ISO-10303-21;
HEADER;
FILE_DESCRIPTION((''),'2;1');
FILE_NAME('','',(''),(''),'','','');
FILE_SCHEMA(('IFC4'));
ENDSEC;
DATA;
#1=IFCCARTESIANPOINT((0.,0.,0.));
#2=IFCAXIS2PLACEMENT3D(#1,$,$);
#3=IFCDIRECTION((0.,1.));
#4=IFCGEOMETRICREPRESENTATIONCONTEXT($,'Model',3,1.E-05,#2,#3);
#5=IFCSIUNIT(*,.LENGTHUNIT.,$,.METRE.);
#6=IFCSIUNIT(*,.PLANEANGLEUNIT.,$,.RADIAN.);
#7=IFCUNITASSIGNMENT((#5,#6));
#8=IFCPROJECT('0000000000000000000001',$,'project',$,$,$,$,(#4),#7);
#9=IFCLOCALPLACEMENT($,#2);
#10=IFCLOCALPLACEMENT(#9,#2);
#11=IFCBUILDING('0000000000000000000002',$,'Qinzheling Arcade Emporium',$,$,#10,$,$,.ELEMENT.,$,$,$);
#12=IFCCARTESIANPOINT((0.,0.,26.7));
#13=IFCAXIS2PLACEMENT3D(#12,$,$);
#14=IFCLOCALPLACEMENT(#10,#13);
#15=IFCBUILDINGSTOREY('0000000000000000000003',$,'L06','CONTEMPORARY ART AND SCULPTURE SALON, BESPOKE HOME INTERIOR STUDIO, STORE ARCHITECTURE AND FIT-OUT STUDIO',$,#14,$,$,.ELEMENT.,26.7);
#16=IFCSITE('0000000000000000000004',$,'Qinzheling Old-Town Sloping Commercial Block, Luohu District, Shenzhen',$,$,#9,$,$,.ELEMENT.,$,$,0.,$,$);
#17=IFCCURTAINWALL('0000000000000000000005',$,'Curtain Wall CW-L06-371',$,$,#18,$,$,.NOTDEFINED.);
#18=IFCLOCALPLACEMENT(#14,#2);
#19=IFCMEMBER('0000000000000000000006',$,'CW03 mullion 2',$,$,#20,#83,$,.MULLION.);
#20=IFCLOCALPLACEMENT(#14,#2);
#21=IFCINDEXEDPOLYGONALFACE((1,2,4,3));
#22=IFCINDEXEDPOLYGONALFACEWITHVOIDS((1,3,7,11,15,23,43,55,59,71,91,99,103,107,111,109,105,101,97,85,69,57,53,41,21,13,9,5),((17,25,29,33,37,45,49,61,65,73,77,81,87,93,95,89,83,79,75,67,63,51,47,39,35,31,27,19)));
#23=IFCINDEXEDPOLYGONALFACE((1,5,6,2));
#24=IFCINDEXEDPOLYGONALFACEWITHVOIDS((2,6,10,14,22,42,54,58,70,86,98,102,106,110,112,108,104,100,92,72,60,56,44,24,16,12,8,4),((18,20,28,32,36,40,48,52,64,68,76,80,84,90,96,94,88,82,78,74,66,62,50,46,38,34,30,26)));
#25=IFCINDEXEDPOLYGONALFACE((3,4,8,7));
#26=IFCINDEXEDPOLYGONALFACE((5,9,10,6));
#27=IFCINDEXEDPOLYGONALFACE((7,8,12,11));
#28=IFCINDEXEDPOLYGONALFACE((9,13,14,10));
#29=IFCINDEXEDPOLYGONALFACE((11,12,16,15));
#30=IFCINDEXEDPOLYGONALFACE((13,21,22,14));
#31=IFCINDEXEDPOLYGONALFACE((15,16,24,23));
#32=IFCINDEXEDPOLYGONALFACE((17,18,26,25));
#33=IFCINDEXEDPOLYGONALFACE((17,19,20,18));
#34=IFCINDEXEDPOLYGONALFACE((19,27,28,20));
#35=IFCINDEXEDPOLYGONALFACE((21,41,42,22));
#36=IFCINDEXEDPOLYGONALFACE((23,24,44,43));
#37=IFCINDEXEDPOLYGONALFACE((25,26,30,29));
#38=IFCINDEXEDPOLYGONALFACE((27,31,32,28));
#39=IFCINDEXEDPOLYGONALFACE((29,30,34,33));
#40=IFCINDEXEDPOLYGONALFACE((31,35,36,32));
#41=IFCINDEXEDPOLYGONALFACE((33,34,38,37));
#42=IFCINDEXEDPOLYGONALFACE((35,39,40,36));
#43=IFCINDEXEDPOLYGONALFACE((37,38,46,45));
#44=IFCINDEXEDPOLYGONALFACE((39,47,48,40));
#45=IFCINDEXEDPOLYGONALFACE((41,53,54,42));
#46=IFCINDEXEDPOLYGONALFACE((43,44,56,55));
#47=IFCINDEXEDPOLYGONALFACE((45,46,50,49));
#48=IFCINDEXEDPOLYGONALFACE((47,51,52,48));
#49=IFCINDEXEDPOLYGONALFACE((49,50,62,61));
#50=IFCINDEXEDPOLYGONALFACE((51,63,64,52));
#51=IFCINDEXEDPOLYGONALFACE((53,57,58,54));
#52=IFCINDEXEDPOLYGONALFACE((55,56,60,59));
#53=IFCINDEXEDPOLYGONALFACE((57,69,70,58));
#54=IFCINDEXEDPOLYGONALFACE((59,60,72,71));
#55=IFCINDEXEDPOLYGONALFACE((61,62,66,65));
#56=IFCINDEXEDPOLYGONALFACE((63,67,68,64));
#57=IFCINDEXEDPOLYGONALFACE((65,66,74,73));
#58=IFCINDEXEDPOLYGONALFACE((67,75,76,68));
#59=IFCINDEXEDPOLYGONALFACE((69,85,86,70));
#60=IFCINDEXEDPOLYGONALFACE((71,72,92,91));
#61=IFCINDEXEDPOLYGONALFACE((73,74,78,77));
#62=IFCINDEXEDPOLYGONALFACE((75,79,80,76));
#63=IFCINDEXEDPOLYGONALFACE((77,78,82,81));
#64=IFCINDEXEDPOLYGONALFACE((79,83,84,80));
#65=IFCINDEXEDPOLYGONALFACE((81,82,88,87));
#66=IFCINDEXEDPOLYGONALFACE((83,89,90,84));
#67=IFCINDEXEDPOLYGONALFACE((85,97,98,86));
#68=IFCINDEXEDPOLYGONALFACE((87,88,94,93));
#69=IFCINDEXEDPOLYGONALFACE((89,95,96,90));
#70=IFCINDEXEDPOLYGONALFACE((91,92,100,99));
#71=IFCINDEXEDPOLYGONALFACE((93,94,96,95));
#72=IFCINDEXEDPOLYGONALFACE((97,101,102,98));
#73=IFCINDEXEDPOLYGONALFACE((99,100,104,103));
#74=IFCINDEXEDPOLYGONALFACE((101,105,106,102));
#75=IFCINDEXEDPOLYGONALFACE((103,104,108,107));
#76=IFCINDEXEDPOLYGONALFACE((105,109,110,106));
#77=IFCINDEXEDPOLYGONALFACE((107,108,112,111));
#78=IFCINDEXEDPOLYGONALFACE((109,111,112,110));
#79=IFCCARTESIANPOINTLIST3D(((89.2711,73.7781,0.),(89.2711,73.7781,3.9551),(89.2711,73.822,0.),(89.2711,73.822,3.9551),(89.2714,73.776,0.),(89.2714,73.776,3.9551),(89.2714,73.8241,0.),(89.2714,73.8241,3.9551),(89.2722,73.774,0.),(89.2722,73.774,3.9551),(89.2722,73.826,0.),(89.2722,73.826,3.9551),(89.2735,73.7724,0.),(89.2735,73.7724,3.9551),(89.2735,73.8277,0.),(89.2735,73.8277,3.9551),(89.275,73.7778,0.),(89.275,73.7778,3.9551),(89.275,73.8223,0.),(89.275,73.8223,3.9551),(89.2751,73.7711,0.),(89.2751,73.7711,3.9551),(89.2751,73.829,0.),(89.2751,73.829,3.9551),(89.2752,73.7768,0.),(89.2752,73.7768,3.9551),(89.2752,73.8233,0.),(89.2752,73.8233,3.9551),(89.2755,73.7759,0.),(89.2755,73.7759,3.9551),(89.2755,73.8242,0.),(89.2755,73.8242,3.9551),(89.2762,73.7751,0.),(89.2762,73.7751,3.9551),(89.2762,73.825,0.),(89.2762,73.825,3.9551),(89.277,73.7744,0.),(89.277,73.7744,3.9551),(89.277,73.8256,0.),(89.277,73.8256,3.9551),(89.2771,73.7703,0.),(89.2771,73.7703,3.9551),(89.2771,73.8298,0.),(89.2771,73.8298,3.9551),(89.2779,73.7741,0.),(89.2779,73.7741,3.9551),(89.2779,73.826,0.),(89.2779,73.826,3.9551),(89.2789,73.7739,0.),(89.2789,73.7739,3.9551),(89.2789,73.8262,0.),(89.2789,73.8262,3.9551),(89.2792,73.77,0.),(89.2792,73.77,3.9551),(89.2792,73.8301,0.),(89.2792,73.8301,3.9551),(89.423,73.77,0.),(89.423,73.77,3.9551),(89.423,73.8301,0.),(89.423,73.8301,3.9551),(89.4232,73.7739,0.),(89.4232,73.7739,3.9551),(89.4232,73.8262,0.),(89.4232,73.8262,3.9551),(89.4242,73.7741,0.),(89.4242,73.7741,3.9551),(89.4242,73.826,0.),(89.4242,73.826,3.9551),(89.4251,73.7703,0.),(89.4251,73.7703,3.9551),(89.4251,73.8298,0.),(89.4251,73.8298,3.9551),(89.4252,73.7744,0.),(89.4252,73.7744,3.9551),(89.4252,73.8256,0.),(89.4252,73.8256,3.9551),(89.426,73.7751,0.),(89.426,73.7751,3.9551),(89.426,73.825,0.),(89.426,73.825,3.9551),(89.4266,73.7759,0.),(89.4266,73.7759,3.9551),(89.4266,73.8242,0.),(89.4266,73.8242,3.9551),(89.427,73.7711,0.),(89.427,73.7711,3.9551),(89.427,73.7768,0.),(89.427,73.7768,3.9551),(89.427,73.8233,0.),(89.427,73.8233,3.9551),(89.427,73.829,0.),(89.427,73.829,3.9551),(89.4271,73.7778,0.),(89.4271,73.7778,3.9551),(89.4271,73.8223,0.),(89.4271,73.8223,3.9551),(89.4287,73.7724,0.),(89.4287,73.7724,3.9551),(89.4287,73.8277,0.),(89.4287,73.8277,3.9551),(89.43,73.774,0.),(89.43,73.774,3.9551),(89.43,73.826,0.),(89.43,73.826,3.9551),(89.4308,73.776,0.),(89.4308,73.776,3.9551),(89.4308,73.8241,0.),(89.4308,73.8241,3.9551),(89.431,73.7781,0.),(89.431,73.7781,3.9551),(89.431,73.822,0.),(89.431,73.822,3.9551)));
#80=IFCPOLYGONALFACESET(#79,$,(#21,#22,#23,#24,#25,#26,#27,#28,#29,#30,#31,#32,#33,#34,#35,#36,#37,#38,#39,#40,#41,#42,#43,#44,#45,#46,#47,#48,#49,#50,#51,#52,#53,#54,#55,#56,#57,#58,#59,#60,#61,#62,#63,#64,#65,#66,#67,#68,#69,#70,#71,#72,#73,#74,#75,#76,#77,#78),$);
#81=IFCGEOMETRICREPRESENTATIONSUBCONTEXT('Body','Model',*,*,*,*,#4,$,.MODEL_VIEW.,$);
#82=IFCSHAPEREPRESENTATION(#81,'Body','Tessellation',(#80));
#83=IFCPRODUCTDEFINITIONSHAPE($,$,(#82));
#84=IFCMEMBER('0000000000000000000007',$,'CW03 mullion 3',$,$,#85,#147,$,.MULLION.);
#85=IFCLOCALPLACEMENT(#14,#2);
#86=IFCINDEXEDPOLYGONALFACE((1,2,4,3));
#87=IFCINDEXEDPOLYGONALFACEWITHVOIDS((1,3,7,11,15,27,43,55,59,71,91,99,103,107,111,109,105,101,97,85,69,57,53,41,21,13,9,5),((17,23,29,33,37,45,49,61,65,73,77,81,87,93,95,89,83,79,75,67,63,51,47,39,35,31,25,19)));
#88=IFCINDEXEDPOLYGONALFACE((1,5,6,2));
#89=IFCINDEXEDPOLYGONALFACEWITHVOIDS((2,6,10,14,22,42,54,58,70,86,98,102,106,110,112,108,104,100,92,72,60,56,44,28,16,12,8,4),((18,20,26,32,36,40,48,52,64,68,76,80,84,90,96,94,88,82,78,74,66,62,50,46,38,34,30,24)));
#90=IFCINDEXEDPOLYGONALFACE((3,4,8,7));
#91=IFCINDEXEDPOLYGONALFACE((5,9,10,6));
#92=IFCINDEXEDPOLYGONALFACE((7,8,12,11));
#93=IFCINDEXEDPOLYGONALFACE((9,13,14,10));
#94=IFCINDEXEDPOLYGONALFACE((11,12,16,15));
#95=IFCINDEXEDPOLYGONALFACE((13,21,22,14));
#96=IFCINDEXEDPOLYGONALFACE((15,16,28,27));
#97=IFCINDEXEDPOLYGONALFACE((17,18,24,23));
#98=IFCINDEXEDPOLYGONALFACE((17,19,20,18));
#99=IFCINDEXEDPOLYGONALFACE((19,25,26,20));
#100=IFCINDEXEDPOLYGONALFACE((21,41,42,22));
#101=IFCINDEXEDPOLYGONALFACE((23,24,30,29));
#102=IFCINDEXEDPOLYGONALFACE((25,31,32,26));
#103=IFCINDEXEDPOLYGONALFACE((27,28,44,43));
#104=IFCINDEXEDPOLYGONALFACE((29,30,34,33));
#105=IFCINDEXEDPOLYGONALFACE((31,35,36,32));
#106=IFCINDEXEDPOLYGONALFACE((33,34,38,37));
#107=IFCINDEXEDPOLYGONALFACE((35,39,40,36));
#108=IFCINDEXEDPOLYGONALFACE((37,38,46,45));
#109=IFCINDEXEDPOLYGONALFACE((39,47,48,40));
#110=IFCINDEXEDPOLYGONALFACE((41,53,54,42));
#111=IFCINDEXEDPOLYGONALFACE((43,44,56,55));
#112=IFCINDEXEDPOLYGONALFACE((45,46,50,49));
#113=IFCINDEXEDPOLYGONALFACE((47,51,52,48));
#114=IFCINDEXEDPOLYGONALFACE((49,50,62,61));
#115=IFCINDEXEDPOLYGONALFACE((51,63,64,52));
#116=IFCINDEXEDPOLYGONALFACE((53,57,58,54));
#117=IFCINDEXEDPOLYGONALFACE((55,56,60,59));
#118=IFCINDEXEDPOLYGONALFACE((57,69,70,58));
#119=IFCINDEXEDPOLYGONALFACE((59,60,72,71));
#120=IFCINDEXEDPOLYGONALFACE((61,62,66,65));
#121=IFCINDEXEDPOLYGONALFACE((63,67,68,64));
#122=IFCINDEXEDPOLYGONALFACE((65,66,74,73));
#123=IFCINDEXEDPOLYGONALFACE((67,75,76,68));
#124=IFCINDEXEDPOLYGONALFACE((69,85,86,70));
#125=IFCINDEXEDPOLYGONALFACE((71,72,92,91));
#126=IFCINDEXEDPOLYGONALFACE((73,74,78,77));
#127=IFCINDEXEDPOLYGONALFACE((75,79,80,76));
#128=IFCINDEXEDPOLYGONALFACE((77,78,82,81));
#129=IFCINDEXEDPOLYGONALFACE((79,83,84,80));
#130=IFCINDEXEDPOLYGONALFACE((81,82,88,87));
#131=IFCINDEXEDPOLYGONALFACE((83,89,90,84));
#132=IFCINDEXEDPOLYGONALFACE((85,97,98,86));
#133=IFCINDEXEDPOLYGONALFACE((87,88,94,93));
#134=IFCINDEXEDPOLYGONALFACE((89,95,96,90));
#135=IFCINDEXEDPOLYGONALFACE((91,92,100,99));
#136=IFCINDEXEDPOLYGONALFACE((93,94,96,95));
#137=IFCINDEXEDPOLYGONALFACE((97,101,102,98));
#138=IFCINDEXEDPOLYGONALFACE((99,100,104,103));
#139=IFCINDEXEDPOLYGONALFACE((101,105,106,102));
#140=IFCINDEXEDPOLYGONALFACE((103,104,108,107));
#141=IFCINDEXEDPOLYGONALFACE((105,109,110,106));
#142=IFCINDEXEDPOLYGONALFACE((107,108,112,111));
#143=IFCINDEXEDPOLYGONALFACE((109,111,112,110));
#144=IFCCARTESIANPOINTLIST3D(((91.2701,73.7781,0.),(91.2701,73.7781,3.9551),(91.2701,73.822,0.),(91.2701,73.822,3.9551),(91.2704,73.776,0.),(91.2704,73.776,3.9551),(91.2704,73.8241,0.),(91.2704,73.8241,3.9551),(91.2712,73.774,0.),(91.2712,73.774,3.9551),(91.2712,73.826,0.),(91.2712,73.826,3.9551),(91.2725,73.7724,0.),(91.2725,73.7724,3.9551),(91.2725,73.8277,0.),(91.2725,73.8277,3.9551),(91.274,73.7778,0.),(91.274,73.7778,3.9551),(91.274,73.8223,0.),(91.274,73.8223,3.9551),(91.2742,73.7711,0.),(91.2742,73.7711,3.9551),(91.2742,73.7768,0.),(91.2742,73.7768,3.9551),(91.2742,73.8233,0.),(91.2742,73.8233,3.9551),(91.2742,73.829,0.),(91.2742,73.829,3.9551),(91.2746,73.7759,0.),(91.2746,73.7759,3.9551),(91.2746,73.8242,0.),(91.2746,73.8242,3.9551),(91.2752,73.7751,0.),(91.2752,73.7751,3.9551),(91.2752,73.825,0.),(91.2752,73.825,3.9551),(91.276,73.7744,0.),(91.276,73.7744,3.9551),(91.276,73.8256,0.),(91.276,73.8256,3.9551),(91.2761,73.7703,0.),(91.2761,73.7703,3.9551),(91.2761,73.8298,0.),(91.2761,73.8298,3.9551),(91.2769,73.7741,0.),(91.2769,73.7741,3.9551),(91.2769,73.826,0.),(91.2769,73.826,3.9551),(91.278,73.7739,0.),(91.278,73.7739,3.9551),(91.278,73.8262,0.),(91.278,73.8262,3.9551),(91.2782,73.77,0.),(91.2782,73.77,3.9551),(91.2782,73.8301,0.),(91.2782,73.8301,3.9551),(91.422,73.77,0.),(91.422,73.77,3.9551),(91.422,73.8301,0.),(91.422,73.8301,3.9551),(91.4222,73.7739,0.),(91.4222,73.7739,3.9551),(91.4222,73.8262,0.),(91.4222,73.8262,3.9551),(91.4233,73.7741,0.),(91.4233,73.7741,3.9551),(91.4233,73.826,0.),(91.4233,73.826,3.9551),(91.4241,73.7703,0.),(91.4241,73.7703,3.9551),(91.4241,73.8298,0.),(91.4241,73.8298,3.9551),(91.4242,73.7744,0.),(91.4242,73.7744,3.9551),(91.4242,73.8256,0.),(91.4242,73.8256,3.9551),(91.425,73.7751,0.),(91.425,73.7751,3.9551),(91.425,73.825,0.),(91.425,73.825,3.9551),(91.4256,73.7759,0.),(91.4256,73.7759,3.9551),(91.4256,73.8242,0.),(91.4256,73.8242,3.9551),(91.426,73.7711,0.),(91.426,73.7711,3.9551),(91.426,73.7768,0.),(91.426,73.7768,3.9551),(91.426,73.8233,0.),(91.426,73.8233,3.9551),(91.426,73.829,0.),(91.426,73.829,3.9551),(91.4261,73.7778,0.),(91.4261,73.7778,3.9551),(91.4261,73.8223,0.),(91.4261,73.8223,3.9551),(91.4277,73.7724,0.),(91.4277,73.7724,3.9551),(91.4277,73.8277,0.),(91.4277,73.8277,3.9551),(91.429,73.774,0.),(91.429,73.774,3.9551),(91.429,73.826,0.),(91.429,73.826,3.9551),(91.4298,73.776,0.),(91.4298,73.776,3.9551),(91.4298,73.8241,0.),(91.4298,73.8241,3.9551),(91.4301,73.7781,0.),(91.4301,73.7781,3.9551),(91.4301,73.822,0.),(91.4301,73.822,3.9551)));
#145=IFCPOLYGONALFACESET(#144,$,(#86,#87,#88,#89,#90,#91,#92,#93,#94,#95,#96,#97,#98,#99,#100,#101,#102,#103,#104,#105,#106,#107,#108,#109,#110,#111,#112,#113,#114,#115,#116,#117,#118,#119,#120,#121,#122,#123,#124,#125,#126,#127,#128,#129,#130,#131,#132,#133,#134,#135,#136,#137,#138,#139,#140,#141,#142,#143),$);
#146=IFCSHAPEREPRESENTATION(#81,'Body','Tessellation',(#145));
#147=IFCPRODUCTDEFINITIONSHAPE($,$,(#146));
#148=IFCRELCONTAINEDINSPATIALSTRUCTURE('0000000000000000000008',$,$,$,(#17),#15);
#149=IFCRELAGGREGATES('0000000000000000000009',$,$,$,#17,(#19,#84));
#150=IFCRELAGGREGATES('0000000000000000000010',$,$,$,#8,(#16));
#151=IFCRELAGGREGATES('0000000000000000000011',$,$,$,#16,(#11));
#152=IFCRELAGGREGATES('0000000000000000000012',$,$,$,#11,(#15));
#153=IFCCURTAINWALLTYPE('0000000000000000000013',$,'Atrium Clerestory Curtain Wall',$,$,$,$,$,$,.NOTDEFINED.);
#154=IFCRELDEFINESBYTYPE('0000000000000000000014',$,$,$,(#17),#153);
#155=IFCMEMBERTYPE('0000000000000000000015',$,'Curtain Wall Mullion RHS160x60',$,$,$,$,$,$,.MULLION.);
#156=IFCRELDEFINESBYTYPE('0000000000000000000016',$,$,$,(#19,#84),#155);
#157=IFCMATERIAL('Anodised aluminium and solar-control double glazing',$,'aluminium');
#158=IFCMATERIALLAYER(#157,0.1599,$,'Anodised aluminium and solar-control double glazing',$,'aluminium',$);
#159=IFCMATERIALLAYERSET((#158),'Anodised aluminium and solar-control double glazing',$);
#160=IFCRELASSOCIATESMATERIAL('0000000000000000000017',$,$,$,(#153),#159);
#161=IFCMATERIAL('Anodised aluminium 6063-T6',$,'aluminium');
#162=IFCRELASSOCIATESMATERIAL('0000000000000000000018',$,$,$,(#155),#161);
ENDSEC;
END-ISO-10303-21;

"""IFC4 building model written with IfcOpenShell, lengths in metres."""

from ifc_helpers import new_model, si_unit, direction, frame, origin, origin_2d, place, context, subcontext, project, spatial, hollow_rectangle, extrude, material, layer, layer_set, material_profile, profile_set, type_object, element, aggregate, save


model = new_model("IFC4")

# Units and contexts
model_context = context("Model", 3, precision=1e-05, world=origin(), true_north=direction((0.0, 1.0)))
body_context = subcontext(model_context, "Body", "Model", "MODEL_VIEW")
ifc_project = project(units=[si_unit("LENGTHUNIT", "METRE"), si_unit("PLANEANGLEUNIT", "RADIAN")], contexts=[model_context])

# Site, building, storey
site_placement = place(None, origin())
site = spatial("IfcSite", under=ifc_project, at=site_placement, Name="Qinzheling Old-Town Sloping Commercial Block, Luohu District, Shenzhen", CompositionType="ELEMENT", RefElevation=0.0)
building_placement = place(site_placement, origin())
building = spatial("IfcBuilding", under=site, at=building_placement, Name="Qinzheling Arcade Emporium", CompositionType="ELEMENT")
storey_placement = place(building_placement, frame((0.0, 0.0, 26.7)))
storey = spatial("IfcBuildingStorey", under=building, at=storey_placement, Name="L06", Description="CONTEMPORARY ART AND SCULPTURE SALON, BESPOKE HOME INTERIOR STUDIO, STORE ARCHITECTURE AND FIT-OUT STUDIO", CompositionType="ELEMENT", Elevation=26.7)

# Shared definitions
ifc_material_1 = material(Name="Anodised aluminium and solar-control double glazing", Category="aluminium")
ifc_layer_1 = layer(ifc_material_1, 0.1599, Name="Anodised aluminium and solar-control double glazing", Category="aluminium")
ifc_layer_set_1 = layer_set([ifc_layer_1], Name="Anodised aluminium and solar-control double glazing")
curtain_wall_type = type_object("IfcCurtainWallType", Name="Atrium Clerestory Curtain Wall", PredefinedType="NOTDEFINED", material=ifc_layer_set_1)
ifc_material_2 = material(Name="Anodised aluminium 6063-T6", Category="aluminium")
ifc_material_profile_1 = material_profile(ifc_material_2, hollow_rectangle(XDim=0.0601, YDim=0.1599, WallThickness=0.0039, InnerFilletRadius=0.0039, OuterFilletRadius=0.0081, at=origin_2d()), Name="RHS 160x60x4", Category="aluminium")
ifc_profile_set_1 = profile_set([ifc_material_profile_1], Name="Anodised aluminium 6063-T6")
member_type_1 = type_object("IfcMemberType", Name="Curtain Wall Mullion RHS160x60", PredefinedType="MULLION", material=ifc_profile_set_1)

# Curtain wall, members
curtain_wall_1_placement = place(storey_placement, origin())
curtain_wall_1 = element("IfcCurtainWall", 1, at=curtain_wall_1_placement, inside=storey, type_object=curtain_wall_type, Name="Curtain Wall CW-L06-371", PredefinedType="NOTDEFINED")
member_1_placement = place(storey_placement, frame((89.3511, 73.8, 0.0), z_axis=(0.0, 0.0, 1.0), x_axis=(0.0, 1.0, 0.0)))
member_1 = element("IfcMember", 2, at=member_1_placement, type_object=member_type_1, Name="CW03 mullion 2", PredefinedType="MULLION", context=body_context, shape_type="SweptSolid", body=[
    extrude(hollow_rectangle(XDim=0.0601, YDim=0.1599, WallThickness=0.0039, InnerFilletRadius=0.0039, OuterFilletRadius=0.0081, at=origin_2d()), origin(), (0.0, 0.0, 1.0), 3.9551),
])
member_2_placement = place(storey_placement, frame((91.3501, 73.8, 0.0), z_axis=(0.0, 0.0, 1.0), x_axis=(0.0, 1.0, 0.0)))
member_2 = element("IfcMember", 3, at=member_2_placement, type_object=member_type_1, Name="CW03 mullion 3", PredefinedType="MULLION", context=body_context, shape_type="SweptSolid", body=[
    extrude(hollow_rectangle(XDim=0.0601, YDim=0.1599, WallThickness=0.0039, InnerFilletRadius=0.0039, OuterFilletRadius=0.0081, at=origin_2d()), origin(), (0.0, 0.0, 1.0), 3.9551),
])

aggregate(curtain_wall_1, [member_1, member_2])

save(model, "model.ifc")
